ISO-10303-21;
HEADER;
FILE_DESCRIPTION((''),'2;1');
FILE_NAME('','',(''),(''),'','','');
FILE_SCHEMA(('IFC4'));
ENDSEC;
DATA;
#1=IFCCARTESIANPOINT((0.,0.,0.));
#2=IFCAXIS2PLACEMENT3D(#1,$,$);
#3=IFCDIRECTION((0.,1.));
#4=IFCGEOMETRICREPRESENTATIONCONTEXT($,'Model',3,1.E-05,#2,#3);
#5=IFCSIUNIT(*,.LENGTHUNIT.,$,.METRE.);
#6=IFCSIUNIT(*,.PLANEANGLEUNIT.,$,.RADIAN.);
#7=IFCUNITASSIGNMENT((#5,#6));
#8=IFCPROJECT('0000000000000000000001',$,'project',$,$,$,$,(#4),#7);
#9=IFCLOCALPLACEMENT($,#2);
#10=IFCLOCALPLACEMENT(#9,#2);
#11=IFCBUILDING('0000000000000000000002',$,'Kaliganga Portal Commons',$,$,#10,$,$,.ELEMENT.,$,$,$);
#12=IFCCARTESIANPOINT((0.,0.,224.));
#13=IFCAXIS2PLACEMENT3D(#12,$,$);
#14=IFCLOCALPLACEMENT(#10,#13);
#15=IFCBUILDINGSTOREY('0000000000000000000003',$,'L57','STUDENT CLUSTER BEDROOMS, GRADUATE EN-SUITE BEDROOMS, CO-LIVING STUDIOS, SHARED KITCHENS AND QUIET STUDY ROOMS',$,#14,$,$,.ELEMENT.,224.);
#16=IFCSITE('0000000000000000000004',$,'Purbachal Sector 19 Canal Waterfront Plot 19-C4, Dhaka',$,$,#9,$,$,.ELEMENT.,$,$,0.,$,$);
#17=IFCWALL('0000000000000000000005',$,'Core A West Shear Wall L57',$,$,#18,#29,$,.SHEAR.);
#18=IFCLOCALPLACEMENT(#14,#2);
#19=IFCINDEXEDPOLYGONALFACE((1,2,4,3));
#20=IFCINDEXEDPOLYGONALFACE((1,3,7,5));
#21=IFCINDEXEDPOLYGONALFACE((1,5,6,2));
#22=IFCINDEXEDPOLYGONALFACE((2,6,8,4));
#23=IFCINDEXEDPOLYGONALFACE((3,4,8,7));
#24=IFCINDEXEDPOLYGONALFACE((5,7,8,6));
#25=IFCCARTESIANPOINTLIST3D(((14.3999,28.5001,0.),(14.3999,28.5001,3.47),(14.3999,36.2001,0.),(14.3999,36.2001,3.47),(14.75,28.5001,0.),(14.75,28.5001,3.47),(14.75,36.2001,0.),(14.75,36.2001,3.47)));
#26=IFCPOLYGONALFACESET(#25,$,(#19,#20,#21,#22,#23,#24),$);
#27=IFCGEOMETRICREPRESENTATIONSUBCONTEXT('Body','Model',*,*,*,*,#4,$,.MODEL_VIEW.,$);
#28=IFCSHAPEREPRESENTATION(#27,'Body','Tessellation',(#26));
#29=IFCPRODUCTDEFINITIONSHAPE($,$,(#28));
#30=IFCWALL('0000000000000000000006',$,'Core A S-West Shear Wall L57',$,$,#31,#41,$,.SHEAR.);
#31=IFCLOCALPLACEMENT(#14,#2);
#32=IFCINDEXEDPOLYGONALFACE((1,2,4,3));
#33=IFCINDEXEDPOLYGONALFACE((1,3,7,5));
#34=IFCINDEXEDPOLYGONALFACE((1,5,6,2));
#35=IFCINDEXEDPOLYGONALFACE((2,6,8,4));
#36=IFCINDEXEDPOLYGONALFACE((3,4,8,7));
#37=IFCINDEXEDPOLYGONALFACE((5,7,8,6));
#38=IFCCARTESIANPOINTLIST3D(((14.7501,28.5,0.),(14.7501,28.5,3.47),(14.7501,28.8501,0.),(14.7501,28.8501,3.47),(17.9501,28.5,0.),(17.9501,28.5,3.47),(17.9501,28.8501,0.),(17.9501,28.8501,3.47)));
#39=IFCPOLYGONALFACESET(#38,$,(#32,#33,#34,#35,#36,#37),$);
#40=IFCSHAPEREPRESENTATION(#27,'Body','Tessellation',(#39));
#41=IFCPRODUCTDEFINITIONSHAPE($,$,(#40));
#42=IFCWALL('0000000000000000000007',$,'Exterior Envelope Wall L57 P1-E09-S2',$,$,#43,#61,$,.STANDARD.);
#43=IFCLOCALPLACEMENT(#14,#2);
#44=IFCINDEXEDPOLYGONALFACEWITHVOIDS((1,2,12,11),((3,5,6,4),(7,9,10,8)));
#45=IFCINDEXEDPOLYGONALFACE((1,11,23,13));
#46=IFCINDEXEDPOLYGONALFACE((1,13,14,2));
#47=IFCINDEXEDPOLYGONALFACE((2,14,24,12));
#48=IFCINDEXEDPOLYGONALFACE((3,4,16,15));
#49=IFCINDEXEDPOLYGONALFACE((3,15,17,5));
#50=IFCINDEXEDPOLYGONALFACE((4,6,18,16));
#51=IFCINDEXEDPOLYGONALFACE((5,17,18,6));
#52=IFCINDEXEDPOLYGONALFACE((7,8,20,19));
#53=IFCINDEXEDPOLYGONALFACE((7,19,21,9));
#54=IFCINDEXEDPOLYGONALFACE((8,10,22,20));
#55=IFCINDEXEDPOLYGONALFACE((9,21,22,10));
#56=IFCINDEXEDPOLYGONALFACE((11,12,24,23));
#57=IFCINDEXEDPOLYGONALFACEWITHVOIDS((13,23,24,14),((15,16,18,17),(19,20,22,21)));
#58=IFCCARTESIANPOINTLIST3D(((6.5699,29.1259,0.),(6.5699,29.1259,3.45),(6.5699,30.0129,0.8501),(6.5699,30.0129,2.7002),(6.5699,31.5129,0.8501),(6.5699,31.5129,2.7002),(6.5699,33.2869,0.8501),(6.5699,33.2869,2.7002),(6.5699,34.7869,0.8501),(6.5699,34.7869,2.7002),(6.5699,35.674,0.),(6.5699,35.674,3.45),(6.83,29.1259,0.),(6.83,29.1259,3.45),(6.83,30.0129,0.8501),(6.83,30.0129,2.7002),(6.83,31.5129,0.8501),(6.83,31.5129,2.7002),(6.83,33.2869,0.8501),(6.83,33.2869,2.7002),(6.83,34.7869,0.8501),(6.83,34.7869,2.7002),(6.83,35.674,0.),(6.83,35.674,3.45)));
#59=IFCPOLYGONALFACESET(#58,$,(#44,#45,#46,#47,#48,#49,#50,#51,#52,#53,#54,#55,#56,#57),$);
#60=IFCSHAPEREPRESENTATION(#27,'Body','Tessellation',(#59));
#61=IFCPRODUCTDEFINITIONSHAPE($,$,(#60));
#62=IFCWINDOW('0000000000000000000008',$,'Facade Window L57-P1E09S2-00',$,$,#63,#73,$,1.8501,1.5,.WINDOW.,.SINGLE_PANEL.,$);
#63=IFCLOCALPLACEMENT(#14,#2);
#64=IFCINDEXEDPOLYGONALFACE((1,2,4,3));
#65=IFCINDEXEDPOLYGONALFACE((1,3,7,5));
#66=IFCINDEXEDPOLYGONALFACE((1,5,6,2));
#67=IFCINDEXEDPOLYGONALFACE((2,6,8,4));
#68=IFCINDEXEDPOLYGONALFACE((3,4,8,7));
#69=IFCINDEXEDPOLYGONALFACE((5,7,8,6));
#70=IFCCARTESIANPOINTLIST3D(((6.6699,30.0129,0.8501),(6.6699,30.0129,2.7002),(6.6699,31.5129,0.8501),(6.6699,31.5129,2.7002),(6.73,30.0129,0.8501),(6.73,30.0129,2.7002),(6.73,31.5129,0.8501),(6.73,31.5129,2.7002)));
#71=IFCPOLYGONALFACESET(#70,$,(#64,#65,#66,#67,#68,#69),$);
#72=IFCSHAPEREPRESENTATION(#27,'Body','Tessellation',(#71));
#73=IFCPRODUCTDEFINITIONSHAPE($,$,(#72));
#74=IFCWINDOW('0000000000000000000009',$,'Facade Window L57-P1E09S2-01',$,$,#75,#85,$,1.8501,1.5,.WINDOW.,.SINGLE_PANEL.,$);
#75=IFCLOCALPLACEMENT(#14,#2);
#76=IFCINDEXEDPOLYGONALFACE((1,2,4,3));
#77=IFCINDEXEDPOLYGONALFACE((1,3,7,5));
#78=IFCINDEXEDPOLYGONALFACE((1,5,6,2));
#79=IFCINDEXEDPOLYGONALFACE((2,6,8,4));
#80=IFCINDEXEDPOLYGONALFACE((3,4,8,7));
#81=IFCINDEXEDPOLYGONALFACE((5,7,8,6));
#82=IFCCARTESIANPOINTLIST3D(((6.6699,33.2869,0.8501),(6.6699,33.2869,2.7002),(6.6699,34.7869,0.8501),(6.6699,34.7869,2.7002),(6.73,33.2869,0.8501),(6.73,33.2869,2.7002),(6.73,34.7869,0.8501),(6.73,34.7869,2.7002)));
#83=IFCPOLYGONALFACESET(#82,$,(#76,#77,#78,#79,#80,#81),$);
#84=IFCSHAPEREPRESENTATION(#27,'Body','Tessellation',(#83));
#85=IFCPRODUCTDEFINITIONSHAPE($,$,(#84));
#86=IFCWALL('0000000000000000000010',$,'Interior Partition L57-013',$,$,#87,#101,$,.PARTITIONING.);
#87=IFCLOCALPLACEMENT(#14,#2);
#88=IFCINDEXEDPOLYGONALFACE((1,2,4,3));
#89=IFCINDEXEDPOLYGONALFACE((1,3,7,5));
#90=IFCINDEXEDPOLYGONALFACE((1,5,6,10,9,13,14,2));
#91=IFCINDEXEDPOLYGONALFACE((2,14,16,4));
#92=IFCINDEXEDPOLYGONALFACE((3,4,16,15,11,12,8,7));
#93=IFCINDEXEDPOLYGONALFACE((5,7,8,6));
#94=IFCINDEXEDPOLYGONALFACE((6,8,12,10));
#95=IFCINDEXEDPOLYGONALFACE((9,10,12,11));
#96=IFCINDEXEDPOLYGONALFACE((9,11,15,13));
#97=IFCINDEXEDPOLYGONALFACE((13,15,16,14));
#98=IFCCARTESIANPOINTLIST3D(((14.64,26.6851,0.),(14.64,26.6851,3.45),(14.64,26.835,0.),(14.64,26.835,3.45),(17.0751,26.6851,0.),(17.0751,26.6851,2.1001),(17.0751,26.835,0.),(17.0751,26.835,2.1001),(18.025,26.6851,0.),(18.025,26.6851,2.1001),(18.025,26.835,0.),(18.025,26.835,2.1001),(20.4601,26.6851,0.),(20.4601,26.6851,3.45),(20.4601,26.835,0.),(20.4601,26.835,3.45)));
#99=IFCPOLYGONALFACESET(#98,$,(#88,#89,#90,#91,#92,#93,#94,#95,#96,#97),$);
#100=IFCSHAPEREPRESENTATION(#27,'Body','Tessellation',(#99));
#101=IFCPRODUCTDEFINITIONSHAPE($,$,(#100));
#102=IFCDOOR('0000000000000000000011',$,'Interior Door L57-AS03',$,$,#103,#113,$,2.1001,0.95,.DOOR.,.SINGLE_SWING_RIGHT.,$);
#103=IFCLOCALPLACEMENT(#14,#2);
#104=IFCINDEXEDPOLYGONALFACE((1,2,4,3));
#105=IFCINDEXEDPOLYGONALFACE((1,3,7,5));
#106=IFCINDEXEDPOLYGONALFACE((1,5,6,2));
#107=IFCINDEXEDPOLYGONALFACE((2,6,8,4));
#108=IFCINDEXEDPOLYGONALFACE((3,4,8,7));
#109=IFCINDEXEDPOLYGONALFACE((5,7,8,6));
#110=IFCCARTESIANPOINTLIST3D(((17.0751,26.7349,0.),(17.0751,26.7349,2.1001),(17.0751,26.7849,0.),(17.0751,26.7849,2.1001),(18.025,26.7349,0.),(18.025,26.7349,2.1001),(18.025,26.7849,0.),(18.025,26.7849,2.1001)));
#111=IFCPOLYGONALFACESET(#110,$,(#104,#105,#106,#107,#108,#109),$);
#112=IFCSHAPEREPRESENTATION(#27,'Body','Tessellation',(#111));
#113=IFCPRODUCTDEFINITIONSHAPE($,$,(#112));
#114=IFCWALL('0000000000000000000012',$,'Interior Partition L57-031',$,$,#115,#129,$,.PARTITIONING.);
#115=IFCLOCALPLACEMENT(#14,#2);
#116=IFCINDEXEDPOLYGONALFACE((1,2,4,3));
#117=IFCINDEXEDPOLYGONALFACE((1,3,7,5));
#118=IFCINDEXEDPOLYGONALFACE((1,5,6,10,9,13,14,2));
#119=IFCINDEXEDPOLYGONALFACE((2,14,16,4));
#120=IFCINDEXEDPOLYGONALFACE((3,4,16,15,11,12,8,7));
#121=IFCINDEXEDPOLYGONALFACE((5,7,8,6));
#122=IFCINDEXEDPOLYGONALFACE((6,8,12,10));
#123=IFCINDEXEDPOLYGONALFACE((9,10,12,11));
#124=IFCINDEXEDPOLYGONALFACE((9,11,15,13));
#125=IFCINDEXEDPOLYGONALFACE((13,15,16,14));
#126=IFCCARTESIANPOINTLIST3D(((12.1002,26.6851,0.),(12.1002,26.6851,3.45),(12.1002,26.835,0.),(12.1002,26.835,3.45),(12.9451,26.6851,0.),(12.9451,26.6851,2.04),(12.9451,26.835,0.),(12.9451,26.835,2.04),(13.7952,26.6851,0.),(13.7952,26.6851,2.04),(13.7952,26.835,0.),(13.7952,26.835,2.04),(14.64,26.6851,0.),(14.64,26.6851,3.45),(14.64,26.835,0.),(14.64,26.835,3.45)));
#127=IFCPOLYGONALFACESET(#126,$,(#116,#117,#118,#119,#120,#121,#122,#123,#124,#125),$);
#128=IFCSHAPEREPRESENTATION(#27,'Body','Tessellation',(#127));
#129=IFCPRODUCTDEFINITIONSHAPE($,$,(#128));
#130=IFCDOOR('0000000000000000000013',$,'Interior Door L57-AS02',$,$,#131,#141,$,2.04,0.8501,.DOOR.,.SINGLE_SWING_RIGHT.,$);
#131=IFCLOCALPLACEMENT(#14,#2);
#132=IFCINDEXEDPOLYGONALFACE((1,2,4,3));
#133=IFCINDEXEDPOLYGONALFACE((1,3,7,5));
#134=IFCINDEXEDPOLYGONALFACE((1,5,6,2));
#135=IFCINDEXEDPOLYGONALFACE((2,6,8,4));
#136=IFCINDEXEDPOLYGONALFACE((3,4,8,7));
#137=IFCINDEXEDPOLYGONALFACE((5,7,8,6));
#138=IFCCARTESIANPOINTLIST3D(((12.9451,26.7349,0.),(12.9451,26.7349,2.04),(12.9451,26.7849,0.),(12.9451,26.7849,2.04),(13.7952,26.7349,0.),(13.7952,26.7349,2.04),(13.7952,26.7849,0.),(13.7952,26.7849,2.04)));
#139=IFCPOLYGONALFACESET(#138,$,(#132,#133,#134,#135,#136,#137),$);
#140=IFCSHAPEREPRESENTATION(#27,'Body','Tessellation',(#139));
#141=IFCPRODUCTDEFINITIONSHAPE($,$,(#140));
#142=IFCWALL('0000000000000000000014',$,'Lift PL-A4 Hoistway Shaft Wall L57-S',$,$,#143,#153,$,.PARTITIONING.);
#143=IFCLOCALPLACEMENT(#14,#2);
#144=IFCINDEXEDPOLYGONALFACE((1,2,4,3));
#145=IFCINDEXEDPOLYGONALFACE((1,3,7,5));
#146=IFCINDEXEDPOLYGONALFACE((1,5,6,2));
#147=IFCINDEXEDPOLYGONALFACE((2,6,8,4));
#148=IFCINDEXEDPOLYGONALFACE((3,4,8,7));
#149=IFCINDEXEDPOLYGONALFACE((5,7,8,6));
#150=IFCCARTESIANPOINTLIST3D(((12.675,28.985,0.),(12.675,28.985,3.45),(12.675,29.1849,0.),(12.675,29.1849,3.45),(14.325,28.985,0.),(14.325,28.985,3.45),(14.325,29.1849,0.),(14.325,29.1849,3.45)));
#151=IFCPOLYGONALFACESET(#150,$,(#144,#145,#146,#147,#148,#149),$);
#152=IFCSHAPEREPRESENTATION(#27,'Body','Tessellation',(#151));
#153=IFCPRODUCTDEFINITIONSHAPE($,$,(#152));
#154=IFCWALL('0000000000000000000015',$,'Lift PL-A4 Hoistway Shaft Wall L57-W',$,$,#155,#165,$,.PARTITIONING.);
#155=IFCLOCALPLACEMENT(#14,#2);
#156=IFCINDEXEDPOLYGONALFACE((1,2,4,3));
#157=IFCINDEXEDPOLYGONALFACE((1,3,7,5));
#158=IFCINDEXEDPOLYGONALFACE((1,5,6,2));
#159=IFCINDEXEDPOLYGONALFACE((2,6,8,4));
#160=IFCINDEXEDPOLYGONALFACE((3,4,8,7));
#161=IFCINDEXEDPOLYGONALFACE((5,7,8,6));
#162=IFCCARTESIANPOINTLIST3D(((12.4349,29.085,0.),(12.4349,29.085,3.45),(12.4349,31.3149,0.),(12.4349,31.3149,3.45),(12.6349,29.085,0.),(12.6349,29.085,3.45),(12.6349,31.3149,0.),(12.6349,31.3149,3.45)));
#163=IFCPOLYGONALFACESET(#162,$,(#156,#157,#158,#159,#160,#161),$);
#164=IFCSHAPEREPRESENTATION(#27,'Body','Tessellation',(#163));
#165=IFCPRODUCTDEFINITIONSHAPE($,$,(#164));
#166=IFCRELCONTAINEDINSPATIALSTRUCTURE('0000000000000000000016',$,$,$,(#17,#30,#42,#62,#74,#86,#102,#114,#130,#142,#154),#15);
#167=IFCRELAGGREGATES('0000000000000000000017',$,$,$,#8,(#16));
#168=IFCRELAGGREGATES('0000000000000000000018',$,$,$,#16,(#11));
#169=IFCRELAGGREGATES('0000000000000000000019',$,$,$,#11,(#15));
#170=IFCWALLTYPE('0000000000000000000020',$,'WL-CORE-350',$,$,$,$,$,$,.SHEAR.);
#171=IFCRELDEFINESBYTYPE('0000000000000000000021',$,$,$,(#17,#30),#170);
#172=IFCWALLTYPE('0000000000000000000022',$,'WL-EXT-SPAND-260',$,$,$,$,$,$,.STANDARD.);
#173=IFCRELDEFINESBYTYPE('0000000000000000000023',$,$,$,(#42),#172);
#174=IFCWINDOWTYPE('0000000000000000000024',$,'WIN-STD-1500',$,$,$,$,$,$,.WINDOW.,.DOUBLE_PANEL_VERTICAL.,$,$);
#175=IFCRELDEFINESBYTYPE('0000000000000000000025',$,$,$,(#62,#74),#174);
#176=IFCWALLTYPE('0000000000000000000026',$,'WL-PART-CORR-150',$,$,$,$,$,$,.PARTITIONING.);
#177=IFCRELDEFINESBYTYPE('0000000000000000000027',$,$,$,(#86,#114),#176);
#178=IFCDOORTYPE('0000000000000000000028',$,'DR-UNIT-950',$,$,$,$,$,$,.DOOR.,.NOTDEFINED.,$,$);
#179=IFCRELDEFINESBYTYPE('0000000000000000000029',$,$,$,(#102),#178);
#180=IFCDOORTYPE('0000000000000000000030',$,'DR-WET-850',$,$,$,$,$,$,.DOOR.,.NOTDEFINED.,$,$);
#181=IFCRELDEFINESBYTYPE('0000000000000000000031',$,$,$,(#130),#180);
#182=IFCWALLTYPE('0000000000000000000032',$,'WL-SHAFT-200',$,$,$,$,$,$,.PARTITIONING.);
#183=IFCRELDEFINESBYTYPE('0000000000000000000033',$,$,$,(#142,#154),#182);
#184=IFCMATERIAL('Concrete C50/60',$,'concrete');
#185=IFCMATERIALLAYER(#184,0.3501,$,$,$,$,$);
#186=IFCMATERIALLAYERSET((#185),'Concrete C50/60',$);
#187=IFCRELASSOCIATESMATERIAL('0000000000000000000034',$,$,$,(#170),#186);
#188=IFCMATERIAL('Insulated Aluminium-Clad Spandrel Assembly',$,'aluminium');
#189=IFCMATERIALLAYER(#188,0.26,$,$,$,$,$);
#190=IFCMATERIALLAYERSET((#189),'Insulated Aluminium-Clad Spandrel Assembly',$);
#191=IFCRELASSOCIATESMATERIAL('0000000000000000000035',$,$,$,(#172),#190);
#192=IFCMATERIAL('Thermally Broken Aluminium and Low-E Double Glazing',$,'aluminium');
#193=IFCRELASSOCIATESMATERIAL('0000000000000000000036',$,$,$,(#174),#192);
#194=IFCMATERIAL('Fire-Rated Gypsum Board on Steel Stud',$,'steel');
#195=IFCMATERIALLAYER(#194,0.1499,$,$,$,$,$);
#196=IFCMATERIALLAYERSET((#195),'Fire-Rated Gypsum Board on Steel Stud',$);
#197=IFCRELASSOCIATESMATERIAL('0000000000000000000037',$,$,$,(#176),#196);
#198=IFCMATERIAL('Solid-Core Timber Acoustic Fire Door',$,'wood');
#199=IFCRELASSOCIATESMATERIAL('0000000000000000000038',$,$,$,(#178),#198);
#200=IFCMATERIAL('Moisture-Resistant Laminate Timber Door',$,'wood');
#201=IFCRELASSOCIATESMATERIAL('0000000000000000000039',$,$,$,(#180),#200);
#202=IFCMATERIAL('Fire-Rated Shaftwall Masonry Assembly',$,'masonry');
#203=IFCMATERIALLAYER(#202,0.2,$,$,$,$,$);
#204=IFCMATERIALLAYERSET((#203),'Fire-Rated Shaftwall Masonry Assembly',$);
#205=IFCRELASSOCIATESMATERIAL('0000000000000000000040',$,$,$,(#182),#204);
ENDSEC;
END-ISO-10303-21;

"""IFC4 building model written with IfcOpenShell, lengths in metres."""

from ifc_helpers import new_model, si_unit, direction, frame, frame_2d, origin, place, context, subcontext, project, spatial, rectangle, extrude, material, layer, layer_set, type_object, element, fill, save


model = new_model("IFC4")

# Units and contexts
model_context = context("Model", 3, precision=1e-05, world=origin(), true_north=direction((0.0, 1.0)))
body_context = subcontext(model_context, "Body", "Model", "MODEL_VIEW")
ifc_project = project(units=[si_unit("LENGTHUNIT", "METRE"), si_unit("PLANEANGLEUNIT", "RADIAN")], contexts=[model_context])

# Site, building, storey
site_placement = place(None, origin())
site = spatial("IfcSite", under=ifc_project, at=site_placement, Name="Purbachal Sector 19 Canal Waterfront Plot 19-C4, Dhaka", CompositionType="ELEMENT", RefElevation=0.0)
building_placement = place(site_placement, origin())
building = spatial("IfcBuilding", under=site, at=building_placement, Name="Kaliganga Portal Commons", CompositionType="ELEMENT")
storey_placement = place(building_placement, frame((0.0, 0.0, 224.0)))
storey = spatial("IfcBuildingStorey", under=building, at=storey_placement, Name="L57", Description="STUDENT CLUSTER BEDROOMS, GRADUATE EN-SUITE BEDROOMS, CO-LIVING STUDIOS, SHARED KITCHENS AND QUIET STUDY ROOMS", CompositionType="ELEMENT", Elevation=224.0)

# Shared definitions
ifc_material_1 = material(Name="Concrete C50/60", Category="concrete")

# Walls
ifc_layer_1 = layer(ifc_material_1, 0.3501)
ifc_layer_set_1 = layer_set([ifc_layer_1], Name="Concrete C50/60")
wall_type_1 = type_object("IfcWallType", Name="WL-CORE-350", PredefinedType="SHEAR", material=ifc_layer_set_1)
wall_1_placement = place(storey_placement, frame((14.575, 28.5, 0.0), z_axis=(0.0, 0.0, 1.0), x_axis=(0.0, 1.0, 0.0)))
element("IfcWall", 1, at=wall_1_placement, inside=storey, type_object=wall_type_1, Name="Core A West Shear Wall L57", PredefinedType="SHEAR", context=body_context, shape_type="SweptSolid", body=[
    extrude(rectangle(XDim=7.7, YDim=0.3501, at=frame_2d((3.8501, 0.0))), origin(), (0.0, 0.0, 1.0), 3.47),
])
wall_2_placement = place(storey_placement, frame((14.75, 28.675, 0.0), z_axis=(0.0, 0.0, 1.0), x_axis=(1.0, 0.0, 0.0)))
element("IfcWall", 2, at=wall_2_placement, inside=storey, type_object=wall_type_1, Name="Core A S-West Shear Wall L57", PredefinedType="SHEAR", context=body_context, shape_type="SweptSolid", body=[
    extrude(rectangle(XDim=3.2, YDim=0.3501, at=frame_2d((1.6001, 0.0))), origin(), (0.0, 0.0, 1.0), 3.47),
])

# Wall, openings, windows
ifc_material_2 = material(Name="Insulated Aluminium-Clad Spandrel Assembly", Category="aluminium")
ifc_layer_2 = layer(ifc_material_2, 0.26)
ifc_layer_set_2 = layer_set([ifc_layer_2], Name="Insulated Aluminium-Clad Spandrel Assembly")
wall_type_2 = type_object("IfcWallType", Name="WL-EXT-SPAND-260", PredefinedType="STANDARD", material=ifc_layer_set_2)
wall_3_placement = place(storey_placement, frame((6.7, 29.126, 0.0), z_axis=(0.0, 0.0, 1.0), x_axis=(0.0, 1.0, 0.0)))
wall_3 = element("IfcWall", 3, at=wall_3_placement, inside=storey, type_object=wall_type_2, Name="Exterior Envelope Wall L57 P1-E09-S2", PredefinedType="STANDARD", context=body_context, shape_type="SweptSolid", body=[
    extrude(rectangle(XDim=6.5481, YDim=0.26, at=frame_2d((3.2739, 0.0))), origin(), (0.0, 0.0, 1.0), 3.45),
])
opening_1_placement = place(wall_3_placement, frame((0.887, 0.0, 0.8501)))
opening_1 = element("IfcOpeningElement", 4, at=opening_1_placement, cuts=wall_3, PredefinedType="OPENING", context=body_context, shape_type="SweptSolid", body=[
    extrude(rectangle(XDim=1.5, YDim=1.8501, at=frame_2d((0.75, 0.925))), frame((0.0, 0.1401, 0.0), z_axis=(0.0, -1.0, 0.0), x_axis=(1.0, 0.0, 0.0)), (0.0, 0.0, 1.0), 0.28),
])
opening_2_placement = place(wall_3_placement, frame((4.1609, 0.0, 0.8501)))
opening_2 = element("IfcOpeningElement", 5, at=opening_2_placement, cuts=wall_3, PredefinedType="OPENING", context=body_context, shape_type="SweptSolid", body=[
    extrude(rectangle(XDim=1.5, YDim=1.8501, at=frame_2d((0.75, 0.925))), frame((0.0, 0.1401, 0.0), z_axis=(0.0, -1.0, 0.0), x_axis=(1.0, 0.0, 0.0)), (0.0, 0.0, 1.0), 0.28),
])
ifc_material_3 = material(Name="Thermally Broken Aluminium and Low-E Double Glazing", Category="aluminium")
window_type = type_object("IfcWindowType", Name="WIN-STD-1500", PartitioningType="DOUBLE_PANEL_VERTICAL", PredefinedType="WINDOW", material=ifc_material_3)
window_1_placement = place(opening_1_placement, origin())
window_1 = element("IfcWindow", 6, at=window_1_placement, inside=storey, type_object=window_type, Name="Facade Window L57-P1E09S2-00", OverallHeight=1.8501, OverallWidth=1.5, PartitioningType="SINGLE_PANEL", PredefinedType="WINDOW", context=body_context, shape_type="SweptSolid", body=[
    extrude(rectangle(XDim=1.5, YDim=1.8501, at=frame_2d((0.75, 0.925))), frame((0.0, 0.03, 0.0), z_axis=(0.0, -1.0, 0.0), x_axis=(1.0, 0.0, 0.0)), (0.0, 0.0, 1.0), 0.0601),
])
fill(opening_1, window_1)
window_2_placement = place(opening_2_placement, origin())
window_2 = element("IfcWindow", 7, at=window_2_placement, inside=storey, type_object=window_type, Name="Facade Window L57-P1E09S2-01", OverallHeight=1.8501, OverallWidth=1.5, PartitioningType="SINGLE_PANEL", PredefinedType="WINDOW", context=body_context, shape_type="SweptSolid", body=[
    extrude(rectangle(XDim=1.5, YDim=1.8501, at=frame_2d((0.75, 0.925))), frame((0.0, 0.03, 0.0), z_axis=(0.0, -1.0, 0.0), x_axis=(1.0, 0.0, 0.0)), (0.0, 0.0, 1.0), 0.0601),
])
fill(opening_2, window_2)

# Walls, openings, doors
ifc_material_4 = material(Name="Fire-Rated Gypsum Board on Steel Stud", Category="steel")
ifc_layer_3 = layer(ifc_material_4, 0.1499)
ifc_layer_set_3 = layer_set([ifc_layer_3], Name="Fire-Rated Gypsum Board on Steel Stud")
wall_type_3 = type_object("IfcWallType", Name="WL-PART-CORR-150", PredefinedType="PARTITIONING", material=ifc_layer_set_3)
wall_4_placement = place(storey_placement, frame((14.6399, 26.76, 0.0), z_axis=(0.0, 0.0, 1.0), x_axis=(1.0, 0.0, 0.0)))
wall_4 = element("IfcWall", 8, at=wall_4_placement, inside=storey, type_object=wall_type_3, Name="Interior Partition L57-013", PredefinedType="PARTITIONING", context=body_context, shape_type="SweptSolid", body=[
    extrude(rectangle(XDim=5.8201, YDim=0.1499, at=frame_2d((2.9102, 0.0))), origin(), (0.0, 0.0, 1.0), 3.45),
])
opening_3_placement = place(wall_4_placement, frame((2.4351, 0.0, 0.0)))
opening_3 = element("IfcOpeningElement", 9, at=opening_3_placement, cuts=wall_4, PredefinedType="OPENING", context=body_context, shape_type="SweptSolid", body=[
    extrude(rectangle(XDim=0.95, YDim=2.1001, at=frame_2d((0.4751, 1.05))), frame((0.0, 0.085, 0.0), z_axis=(0.0, -1.0, 0.0), x_axis=(1.0, 0.0, 0.0)), (0.0, 0.0, 1.0), 0.1699),
])
ifc_material_5 = material(Name="Solid-Core Timber Acoustic Fire Door", Category="wood")
door_type_1 = type_object("IfcDoorType", Name="DR-UNIT-950", OperationType="NOTDEFINED", PredefinedType="DOOR", material=ifc_material_5)
door_1_placement = place(opening_3_placement, origin())
door_1 = element("IfcDoor", 10, at=door_1_placement, inside=storey, type_object=door_type_1, Name="Interior Door L57-AS03", OperationType="SINGLE_SWING_RIGHT", OverallHeight=2.1001, OverallWidth=0.95, PredefinedType="DOOR", context=body_context, shape_type="SweptSolid", body=[
    extrude(rectangle(XDim=0.95, YDim=2.1001, at=frame_2d((0.4751, 1.05))), frame((0.0, 0.0249, 0.0), z_axis=(0.0, -1.0, 0.0), x_axis=(1.0, 0.0, 0.0)), (0.0, 0.0, 1.0), 0.05),
])
fill(opening_3, door_1)
wall_5_placement = place(storey_placement, frame((12.1001, 26.76, 0.0), z_axis=(0.0, 0.0, 1.0), x_axis=(1.0, 0.0, 0.0)))
wall_5 = element("IfcWall", 11, at=wall_5_placement, inside=storey, type_object=wall_type_3, Name="Interior Partition L57-031", PredefinedType="PARTITIONING", context=body_context, shape_type="SweptSolid", body=[
    extrude(rectangle(XDim=2.5398, YDim=0.1499, at=frame_2d((1.27, 0.0))), origin(), (0.0, 0.0, 1.0), 3.45),
])
opening_4_placement = place(wall_5_placement, frame((0.845, 0.0, 0.0)))
opening_4 = element("IfcOpeningElement", 12, at=opening_4_placement, cuts=wall_5, PredefinedType="OPENING", context=body_context, shape_type="SweptSolid", body=[
    extrude(rectangle(XDim=0.8501, YDim=2.04, at=frame_2d((0.425, 1.02))), frame((0.0, 0.085, 0.0), z_axis=(0.0, -1.0, 0.0), x_axis=(1.0, 0.0, 0.0)), (0.0, 0.0, 1.0), 0.1699),
])
ifc_material_6 = material(Name="Moisture-Resistant Laminate Timber Door", Category="wood")
door_type_2 = type_object("IfcDoorType", Name="DR-WET-850", OperationType="NOTDEFINED", PredefinedType="DOOR", material=ifc_material_6)
door_2_placement = place(opening_4_placement, origin())
door_2 = element("IfcDoor", 13, at=door_2_placement, inside=storey, type_object=door_type_2, Name="Interior Door L57-AS02", OperationType="SINGLE_SWING_RIGHT", OverallHeight=2.04, OverallWidth=0.8501, PredefinedType="DOOR", context=body_context, shape_type="SweptSolid", body=[
    extrude(rectangle(XDim=0.8501, YDim=2.04, at=frame_2d((0.425, 1.02))), frame((0.0, 0.0249, 0.0), z_axis=(0.0, -1.0, 0.0), x_axis=(1.0, 0.0, 0.0)), (0.0, 0.0, 1.0), 0.05),
])
fill(opening_4, door_2)

# Walls
ifc_material_7 = material(Name="Fire-Rated Shaftwall Masonry Assembly", Category="masonry")
ifc_layer_4 = layer(ifc_material_7, 0.2)
ifc_layer_set_4 = layer_set([ifc_layer_4], Name="Fire-Rated Shaftwall Masonry Assembly")
wall_type_4 = type_object("IfcWallType", Name="WL-SHAFT-200", PredefinedType="PARTITIONING", material=ifc_layer_set_4)
wall_6_placement = place(storey_placement, frame((12.675, 29.085, 0.0), z_axis=(0.0, 0.0, 1.0), x_axis=(1.0, 0.0, 0.0)))
element("IfcWall", 14, at=wall_6_placement, inside=storey, type_object=wall_type_4, Name="Lift PL-A4 Hoistway Shaft Wall L57-S", PredefinedType="PARTITIONING", context=body_context, shape_type="SweptSolid", body=[
    extrude(rectangle(XDim=1.6499, YDim=0.2, at=frame_2d((0.825, 0.0))), origin(), (0.0, 0.0, 1.0), 3.45),
])
wall_7_placement = place(storey_placement, frame((12.5349, 29.085, 0.0), z_axis=(0.0, 0.0, 1.0), x_axis=(0.0, 1.0, 0.0)))
element("IfcWall", 15, at=wall_7_placement, inside=storey, type_object=wall_type_4, Name="Lift PL-A4 Hoistway Shaft Wall L57-W", PredefinedType="PARTITIONING", context=body_context, shape_type="SweptSolid", body=[
    extrude(rectangle(XDim=2.23, YDim=0.2, at=frame_2d((1.115, 0.0))), origin(), (0.0, 0.0, 1.0), 3.45),
])

save(model, "model.ifc")
